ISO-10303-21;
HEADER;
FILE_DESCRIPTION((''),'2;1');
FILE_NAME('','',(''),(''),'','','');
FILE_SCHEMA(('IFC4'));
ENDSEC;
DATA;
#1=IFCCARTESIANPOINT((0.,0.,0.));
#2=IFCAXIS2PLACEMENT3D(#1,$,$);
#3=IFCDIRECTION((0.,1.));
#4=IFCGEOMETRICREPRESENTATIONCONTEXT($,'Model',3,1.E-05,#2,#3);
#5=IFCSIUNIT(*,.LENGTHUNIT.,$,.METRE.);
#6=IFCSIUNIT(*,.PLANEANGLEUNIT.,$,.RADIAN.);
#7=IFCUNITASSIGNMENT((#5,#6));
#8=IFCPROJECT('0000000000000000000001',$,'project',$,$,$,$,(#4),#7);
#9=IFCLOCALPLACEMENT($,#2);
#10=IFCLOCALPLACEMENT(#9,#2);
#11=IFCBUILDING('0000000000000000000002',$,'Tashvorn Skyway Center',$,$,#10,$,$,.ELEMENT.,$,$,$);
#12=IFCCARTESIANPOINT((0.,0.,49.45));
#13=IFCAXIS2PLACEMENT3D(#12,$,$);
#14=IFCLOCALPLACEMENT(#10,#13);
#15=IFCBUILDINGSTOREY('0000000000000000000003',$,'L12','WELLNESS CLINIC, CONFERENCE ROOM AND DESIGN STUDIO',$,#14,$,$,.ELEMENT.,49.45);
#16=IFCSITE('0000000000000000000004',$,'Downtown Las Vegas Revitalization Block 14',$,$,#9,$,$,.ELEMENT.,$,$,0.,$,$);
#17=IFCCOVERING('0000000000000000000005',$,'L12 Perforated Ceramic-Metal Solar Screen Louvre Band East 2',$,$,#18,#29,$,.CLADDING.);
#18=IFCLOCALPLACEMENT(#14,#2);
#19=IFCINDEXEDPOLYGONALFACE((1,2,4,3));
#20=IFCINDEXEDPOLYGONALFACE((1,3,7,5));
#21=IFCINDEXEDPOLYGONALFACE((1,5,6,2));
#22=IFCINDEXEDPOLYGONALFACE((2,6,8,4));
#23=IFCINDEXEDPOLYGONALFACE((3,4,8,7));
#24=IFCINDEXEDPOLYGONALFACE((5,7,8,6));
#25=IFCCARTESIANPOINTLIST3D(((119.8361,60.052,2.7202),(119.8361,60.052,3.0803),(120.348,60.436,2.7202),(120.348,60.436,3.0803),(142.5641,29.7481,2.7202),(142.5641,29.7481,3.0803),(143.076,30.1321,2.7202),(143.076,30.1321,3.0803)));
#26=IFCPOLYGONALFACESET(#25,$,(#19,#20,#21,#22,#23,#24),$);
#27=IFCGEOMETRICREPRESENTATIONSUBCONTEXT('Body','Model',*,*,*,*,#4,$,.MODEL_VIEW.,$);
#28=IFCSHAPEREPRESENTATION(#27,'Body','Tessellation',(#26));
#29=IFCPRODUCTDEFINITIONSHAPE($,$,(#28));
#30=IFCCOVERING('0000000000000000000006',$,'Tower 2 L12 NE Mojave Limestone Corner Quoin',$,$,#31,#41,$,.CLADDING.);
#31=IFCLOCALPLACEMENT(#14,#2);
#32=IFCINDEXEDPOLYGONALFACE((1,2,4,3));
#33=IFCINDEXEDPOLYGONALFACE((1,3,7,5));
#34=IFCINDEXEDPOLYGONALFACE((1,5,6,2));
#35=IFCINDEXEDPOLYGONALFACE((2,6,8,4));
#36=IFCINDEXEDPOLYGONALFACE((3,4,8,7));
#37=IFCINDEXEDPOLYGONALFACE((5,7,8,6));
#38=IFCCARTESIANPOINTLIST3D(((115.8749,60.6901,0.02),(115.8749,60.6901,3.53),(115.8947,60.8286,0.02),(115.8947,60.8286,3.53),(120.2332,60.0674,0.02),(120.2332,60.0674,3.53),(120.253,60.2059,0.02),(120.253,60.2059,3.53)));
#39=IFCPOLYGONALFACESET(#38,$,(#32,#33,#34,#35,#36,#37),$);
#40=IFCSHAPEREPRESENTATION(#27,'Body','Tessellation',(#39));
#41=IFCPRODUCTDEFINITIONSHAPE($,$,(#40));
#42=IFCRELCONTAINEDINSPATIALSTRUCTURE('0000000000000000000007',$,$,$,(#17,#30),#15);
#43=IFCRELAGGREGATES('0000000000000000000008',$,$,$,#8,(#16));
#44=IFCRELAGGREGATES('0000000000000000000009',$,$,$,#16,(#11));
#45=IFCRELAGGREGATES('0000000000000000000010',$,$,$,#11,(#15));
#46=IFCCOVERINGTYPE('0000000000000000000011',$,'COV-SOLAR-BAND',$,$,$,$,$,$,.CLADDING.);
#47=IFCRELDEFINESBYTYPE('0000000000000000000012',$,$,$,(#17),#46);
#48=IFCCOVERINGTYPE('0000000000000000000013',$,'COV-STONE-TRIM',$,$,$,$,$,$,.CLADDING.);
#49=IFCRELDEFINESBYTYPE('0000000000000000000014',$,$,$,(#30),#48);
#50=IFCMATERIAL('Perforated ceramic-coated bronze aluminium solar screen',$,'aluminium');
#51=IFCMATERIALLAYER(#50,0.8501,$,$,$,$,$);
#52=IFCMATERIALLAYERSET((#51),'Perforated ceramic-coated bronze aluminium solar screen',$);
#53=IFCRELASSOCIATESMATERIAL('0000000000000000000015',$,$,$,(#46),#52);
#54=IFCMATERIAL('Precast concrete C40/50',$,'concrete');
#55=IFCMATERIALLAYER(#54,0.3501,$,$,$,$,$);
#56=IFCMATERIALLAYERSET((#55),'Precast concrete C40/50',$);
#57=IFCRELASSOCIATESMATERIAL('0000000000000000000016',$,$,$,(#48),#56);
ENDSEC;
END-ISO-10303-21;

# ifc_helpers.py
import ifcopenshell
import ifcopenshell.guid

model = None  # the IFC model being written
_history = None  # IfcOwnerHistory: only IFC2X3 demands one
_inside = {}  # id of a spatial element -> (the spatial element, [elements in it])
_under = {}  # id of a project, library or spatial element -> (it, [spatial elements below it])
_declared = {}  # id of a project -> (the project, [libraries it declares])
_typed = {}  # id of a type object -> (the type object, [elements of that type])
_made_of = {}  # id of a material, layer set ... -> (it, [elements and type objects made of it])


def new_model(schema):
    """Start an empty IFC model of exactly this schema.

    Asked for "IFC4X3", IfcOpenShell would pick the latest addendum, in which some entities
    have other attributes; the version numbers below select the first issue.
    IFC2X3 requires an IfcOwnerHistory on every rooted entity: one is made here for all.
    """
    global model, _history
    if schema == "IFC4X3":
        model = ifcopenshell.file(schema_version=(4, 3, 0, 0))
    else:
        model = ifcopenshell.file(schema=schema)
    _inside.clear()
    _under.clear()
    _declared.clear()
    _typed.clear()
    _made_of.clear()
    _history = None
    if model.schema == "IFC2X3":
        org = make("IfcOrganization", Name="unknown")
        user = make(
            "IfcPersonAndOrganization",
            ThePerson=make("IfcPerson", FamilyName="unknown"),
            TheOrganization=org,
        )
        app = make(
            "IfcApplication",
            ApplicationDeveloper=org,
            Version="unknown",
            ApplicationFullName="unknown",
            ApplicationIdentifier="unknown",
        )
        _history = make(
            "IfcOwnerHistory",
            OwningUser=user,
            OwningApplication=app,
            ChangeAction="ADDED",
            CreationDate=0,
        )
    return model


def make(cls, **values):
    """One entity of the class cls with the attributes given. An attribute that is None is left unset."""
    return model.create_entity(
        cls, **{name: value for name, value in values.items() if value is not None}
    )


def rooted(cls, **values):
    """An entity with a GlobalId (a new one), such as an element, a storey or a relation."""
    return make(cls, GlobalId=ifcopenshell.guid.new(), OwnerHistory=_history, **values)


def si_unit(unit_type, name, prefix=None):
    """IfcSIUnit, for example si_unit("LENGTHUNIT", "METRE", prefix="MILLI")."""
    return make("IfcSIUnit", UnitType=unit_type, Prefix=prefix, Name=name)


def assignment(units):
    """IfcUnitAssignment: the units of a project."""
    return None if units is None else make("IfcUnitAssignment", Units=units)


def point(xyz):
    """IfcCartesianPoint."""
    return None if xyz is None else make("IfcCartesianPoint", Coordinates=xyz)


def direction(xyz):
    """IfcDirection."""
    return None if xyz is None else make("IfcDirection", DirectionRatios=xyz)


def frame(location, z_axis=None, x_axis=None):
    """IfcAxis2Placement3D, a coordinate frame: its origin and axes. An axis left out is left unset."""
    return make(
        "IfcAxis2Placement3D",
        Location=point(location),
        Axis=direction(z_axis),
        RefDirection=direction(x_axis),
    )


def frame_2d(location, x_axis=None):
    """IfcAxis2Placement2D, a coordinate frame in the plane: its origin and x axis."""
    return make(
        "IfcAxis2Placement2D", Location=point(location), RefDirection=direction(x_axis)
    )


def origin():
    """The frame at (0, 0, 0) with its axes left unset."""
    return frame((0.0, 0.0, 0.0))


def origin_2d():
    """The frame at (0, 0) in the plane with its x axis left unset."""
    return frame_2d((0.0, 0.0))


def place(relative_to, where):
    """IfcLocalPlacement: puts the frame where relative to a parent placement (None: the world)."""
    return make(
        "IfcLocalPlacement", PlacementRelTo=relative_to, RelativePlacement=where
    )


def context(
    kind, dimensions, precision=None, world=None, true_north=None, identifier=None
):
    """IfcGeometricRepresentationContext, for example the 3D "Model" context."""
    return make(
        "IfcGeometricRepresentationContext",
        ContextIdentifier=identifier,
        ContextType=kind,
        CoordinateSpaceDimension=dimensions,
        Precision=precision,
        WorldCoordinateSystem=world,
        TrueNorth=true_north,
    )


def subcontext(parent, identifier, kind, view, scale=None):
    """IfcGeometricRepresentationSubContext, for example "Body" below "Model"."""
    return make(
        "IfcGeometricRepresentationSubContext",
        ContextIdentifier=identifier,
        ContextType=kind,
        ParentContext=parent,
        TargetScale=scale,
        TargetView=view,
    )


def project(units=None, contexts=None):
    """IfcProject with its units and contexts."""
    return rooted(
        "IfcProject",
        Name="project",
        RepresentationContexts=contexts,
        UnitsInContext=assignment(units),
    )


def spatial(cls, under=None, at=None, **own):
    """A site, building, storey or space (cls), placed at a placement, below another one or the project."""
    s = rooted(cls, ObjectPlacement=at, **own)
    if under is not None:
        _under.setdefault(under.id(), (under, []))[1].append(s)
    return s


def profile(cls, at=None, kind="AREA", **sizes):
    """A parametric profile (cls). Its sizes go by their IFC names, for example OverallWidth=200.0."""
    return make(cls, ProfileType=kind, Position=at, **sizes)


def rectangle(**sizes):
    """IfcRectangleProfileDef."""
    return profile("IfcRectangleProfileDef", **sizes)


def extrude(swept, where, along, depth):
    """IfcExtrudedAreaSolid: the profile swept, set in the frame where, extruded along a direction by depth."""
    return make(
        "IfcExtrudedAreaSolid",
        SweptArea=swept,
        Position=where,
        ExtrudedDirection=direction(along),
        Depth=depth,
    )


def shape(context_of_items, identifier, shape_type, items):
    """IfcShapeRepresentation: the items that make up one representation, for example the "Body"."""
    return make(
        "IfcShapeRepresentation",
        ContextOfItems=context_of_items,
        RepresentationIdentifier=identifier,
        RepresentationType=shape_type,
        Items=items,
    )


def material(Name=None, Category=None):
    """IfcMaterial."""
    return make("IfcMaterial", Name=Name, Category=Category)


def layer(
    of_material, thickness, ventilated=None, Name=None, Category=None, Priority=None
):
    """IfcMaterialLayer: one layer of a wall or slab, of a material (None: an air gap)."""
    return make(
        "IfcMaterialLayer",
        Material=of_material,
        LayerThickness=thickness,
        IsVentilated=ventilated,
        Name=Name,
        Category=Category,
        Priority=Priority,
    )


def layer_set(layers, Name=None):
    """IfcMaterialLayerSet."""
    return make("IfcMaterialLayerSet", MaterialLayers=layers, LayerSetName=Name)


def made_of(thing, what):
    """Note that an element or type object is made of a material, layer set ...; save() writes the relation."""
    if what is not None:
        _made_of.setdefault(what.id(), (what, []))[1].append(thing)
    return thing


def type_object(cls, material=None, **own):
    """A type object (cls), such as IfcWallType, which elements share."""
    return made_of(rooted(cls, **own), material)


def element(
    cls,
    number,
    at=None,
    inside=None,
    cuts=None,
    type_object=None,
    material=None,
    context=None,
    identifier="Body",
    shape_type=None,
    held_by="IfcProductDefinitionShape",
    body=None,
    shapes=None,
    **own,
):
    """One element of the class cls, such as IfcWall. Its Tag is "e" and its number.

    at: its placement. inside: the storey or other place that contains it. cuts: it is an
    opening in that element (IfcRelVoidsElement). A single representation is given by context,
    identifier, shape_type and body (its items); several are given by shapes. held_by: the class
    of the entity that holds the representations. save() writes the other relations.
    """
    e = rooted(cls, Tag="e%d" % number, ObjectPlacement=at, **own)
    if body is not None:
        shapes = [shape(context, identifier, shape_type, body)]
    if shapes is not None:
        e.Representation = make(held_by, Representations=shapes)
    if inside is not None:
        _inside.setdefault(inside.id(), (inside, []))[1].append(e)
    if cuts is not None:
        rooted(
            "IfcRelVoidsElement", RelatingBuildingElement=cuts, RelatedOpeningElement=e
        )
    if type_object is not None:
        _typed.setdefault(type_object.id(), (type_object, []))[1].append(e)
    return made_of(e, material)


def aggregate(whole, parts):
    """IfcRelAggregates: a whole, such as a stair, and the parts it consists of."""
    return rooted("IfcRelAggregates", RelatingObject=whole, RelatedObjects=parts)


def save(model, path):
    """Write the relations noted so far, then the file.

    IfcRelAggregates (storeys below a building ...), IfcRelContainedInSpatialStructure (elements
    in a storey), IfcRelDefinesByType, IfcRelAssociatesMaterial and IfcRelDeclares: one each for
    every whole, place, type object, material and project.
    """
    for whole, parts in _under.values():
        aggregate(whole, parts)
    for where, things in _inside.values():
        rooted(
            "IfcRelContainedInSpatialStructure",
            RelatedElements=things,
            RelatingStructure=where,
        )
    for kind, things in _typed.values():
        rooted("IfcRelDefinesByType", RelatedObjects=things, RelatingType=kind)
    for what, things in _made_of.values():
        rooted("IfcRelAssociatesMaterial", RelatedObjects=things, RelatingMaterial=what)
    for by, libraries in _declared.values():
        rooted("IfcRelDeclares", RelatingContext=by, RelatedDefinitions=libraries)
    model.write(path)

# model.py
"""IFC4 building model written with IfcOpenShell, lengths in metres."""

from ifc_helpers import new_model, si_unit, direction, frame, origin, origin_2d, place, context, subcontext, project, spatial, rectangle, extrude, material, layer, layer_set, type_object, element, save


model = new_model("IFC4")

# Units and contexts
model_context = context("Model", 3, precision=1e-05, world=origin(), true_north=direction((0.0, 1.0)))
body_context = subcontext(model_context, "Body", "Model", "MODEL_VIEW")
ifc_project = project(units=[si_unit("LENGTHUNIT", "METRE"), si_unit("PLANEANGLEUNIT", "RADIAN")], contexts=[model_context])

# Site, building, storey
site_placement = place(None, origin())
site = spatial("IfcSite", under=ifc_project, at=site_placement, Name="Downtown Las Vegas Revitalization Block 14", CompositionType="ELEMENT", RefElevation=0.0)
building_placement = place(site_placement, origin())
building = spatial("IfcBuilding", under=site, at=building_placement, Name="Tashvorn Skyway Center", CompositionType="ELEMENT")
storey_placement = place(building_placement, frame((0.0, 0.0, 49.45)))
storey = spatial("IfcBuildingStorey", under=building, at=storey_placement, Name="L12", Description="WELLNESS CLINIC, CONFERENCE ROOM AND DESIGN STUDIO", CompositionType="ELEMENT", Elevation=49.45)

# Shared definitions
ifc_material_1 = material(Name="Precast concrete C40/50", Category="concrete")

# Coverings
ifc_material_2 = material(Name="Perforated ceramic-coated bronze aluminium solar screen", Category="aluminium")
ifc_layer_1 = layer(ifc_material_2, 0.8501)
ifc_layer_set_1 = layer_set([ifc_layer_1], Name="Perforated ceramic-coated bronze aluminium solar screen")
covering_type_1 = type_object("IfcCoveringType", Name="COV-SOLAR-BAND", PredefinedType="CLADDING", material=ifc_layer_set_1)
for number, where, z_axis, x_axis, name in (
    (1, (131.4561, 45.092, 2.7202), (0.0, 0.0, 1.0), (0.6, -0.8, 0.0), "L12 Perforated Ceramic-Metal Solar Screen Louvre Band East 2"),
):
    element("IfcCovering", number, at=place(storey_placement, frame(where, z_axis=z_axis, x_axis=x_axis)), inside=storey, type_object=covering_type_1, Name=name, PredefinedType="CLADDING", context=body_context, shape_type="SweptSolid", body=[
        extrude(rectangle(XDim=37.8799, YDim=0.6399, at=origin_2d()), origin(), (0.0, 0.0, 1.0), 0.3601),
    ])
ifc_layer_2 = layer(ifc_material_1, 0.3501)
ifc_layer_set_2 = layer_set([ifc_layer_2], Name="Precast concrete C40/50")
covering_type_2 = type_object("IfcCoveringType", Name="COV-STONE-TRIM", PredefinedType="CLADDING", material=ifc_layer_set_2)
covering_1_placement = place(storey_placement, frame((118.064, 60.448, 0.02), z_axis=(0.0, 0.0, 1.0), x_axis=(0.989949, -0.141421, 0.0)))
element("IfcCovering", 2, at=covering_1_placement, inside=storey, type_object=covering_type_2, Name="Tower 2 L12 NE Mojave Limestone Corner Quoin", PredefinedType="CLADDING", context=body_context, shape_type="SweptSolid", body=[
    extrude(rectangle(XDim=4.4026, YDim=0.1399, at=origin_2d()), origin(), (0.0, 0.0, 1.0), 3.51),
])

save(model, "model.ifc")
